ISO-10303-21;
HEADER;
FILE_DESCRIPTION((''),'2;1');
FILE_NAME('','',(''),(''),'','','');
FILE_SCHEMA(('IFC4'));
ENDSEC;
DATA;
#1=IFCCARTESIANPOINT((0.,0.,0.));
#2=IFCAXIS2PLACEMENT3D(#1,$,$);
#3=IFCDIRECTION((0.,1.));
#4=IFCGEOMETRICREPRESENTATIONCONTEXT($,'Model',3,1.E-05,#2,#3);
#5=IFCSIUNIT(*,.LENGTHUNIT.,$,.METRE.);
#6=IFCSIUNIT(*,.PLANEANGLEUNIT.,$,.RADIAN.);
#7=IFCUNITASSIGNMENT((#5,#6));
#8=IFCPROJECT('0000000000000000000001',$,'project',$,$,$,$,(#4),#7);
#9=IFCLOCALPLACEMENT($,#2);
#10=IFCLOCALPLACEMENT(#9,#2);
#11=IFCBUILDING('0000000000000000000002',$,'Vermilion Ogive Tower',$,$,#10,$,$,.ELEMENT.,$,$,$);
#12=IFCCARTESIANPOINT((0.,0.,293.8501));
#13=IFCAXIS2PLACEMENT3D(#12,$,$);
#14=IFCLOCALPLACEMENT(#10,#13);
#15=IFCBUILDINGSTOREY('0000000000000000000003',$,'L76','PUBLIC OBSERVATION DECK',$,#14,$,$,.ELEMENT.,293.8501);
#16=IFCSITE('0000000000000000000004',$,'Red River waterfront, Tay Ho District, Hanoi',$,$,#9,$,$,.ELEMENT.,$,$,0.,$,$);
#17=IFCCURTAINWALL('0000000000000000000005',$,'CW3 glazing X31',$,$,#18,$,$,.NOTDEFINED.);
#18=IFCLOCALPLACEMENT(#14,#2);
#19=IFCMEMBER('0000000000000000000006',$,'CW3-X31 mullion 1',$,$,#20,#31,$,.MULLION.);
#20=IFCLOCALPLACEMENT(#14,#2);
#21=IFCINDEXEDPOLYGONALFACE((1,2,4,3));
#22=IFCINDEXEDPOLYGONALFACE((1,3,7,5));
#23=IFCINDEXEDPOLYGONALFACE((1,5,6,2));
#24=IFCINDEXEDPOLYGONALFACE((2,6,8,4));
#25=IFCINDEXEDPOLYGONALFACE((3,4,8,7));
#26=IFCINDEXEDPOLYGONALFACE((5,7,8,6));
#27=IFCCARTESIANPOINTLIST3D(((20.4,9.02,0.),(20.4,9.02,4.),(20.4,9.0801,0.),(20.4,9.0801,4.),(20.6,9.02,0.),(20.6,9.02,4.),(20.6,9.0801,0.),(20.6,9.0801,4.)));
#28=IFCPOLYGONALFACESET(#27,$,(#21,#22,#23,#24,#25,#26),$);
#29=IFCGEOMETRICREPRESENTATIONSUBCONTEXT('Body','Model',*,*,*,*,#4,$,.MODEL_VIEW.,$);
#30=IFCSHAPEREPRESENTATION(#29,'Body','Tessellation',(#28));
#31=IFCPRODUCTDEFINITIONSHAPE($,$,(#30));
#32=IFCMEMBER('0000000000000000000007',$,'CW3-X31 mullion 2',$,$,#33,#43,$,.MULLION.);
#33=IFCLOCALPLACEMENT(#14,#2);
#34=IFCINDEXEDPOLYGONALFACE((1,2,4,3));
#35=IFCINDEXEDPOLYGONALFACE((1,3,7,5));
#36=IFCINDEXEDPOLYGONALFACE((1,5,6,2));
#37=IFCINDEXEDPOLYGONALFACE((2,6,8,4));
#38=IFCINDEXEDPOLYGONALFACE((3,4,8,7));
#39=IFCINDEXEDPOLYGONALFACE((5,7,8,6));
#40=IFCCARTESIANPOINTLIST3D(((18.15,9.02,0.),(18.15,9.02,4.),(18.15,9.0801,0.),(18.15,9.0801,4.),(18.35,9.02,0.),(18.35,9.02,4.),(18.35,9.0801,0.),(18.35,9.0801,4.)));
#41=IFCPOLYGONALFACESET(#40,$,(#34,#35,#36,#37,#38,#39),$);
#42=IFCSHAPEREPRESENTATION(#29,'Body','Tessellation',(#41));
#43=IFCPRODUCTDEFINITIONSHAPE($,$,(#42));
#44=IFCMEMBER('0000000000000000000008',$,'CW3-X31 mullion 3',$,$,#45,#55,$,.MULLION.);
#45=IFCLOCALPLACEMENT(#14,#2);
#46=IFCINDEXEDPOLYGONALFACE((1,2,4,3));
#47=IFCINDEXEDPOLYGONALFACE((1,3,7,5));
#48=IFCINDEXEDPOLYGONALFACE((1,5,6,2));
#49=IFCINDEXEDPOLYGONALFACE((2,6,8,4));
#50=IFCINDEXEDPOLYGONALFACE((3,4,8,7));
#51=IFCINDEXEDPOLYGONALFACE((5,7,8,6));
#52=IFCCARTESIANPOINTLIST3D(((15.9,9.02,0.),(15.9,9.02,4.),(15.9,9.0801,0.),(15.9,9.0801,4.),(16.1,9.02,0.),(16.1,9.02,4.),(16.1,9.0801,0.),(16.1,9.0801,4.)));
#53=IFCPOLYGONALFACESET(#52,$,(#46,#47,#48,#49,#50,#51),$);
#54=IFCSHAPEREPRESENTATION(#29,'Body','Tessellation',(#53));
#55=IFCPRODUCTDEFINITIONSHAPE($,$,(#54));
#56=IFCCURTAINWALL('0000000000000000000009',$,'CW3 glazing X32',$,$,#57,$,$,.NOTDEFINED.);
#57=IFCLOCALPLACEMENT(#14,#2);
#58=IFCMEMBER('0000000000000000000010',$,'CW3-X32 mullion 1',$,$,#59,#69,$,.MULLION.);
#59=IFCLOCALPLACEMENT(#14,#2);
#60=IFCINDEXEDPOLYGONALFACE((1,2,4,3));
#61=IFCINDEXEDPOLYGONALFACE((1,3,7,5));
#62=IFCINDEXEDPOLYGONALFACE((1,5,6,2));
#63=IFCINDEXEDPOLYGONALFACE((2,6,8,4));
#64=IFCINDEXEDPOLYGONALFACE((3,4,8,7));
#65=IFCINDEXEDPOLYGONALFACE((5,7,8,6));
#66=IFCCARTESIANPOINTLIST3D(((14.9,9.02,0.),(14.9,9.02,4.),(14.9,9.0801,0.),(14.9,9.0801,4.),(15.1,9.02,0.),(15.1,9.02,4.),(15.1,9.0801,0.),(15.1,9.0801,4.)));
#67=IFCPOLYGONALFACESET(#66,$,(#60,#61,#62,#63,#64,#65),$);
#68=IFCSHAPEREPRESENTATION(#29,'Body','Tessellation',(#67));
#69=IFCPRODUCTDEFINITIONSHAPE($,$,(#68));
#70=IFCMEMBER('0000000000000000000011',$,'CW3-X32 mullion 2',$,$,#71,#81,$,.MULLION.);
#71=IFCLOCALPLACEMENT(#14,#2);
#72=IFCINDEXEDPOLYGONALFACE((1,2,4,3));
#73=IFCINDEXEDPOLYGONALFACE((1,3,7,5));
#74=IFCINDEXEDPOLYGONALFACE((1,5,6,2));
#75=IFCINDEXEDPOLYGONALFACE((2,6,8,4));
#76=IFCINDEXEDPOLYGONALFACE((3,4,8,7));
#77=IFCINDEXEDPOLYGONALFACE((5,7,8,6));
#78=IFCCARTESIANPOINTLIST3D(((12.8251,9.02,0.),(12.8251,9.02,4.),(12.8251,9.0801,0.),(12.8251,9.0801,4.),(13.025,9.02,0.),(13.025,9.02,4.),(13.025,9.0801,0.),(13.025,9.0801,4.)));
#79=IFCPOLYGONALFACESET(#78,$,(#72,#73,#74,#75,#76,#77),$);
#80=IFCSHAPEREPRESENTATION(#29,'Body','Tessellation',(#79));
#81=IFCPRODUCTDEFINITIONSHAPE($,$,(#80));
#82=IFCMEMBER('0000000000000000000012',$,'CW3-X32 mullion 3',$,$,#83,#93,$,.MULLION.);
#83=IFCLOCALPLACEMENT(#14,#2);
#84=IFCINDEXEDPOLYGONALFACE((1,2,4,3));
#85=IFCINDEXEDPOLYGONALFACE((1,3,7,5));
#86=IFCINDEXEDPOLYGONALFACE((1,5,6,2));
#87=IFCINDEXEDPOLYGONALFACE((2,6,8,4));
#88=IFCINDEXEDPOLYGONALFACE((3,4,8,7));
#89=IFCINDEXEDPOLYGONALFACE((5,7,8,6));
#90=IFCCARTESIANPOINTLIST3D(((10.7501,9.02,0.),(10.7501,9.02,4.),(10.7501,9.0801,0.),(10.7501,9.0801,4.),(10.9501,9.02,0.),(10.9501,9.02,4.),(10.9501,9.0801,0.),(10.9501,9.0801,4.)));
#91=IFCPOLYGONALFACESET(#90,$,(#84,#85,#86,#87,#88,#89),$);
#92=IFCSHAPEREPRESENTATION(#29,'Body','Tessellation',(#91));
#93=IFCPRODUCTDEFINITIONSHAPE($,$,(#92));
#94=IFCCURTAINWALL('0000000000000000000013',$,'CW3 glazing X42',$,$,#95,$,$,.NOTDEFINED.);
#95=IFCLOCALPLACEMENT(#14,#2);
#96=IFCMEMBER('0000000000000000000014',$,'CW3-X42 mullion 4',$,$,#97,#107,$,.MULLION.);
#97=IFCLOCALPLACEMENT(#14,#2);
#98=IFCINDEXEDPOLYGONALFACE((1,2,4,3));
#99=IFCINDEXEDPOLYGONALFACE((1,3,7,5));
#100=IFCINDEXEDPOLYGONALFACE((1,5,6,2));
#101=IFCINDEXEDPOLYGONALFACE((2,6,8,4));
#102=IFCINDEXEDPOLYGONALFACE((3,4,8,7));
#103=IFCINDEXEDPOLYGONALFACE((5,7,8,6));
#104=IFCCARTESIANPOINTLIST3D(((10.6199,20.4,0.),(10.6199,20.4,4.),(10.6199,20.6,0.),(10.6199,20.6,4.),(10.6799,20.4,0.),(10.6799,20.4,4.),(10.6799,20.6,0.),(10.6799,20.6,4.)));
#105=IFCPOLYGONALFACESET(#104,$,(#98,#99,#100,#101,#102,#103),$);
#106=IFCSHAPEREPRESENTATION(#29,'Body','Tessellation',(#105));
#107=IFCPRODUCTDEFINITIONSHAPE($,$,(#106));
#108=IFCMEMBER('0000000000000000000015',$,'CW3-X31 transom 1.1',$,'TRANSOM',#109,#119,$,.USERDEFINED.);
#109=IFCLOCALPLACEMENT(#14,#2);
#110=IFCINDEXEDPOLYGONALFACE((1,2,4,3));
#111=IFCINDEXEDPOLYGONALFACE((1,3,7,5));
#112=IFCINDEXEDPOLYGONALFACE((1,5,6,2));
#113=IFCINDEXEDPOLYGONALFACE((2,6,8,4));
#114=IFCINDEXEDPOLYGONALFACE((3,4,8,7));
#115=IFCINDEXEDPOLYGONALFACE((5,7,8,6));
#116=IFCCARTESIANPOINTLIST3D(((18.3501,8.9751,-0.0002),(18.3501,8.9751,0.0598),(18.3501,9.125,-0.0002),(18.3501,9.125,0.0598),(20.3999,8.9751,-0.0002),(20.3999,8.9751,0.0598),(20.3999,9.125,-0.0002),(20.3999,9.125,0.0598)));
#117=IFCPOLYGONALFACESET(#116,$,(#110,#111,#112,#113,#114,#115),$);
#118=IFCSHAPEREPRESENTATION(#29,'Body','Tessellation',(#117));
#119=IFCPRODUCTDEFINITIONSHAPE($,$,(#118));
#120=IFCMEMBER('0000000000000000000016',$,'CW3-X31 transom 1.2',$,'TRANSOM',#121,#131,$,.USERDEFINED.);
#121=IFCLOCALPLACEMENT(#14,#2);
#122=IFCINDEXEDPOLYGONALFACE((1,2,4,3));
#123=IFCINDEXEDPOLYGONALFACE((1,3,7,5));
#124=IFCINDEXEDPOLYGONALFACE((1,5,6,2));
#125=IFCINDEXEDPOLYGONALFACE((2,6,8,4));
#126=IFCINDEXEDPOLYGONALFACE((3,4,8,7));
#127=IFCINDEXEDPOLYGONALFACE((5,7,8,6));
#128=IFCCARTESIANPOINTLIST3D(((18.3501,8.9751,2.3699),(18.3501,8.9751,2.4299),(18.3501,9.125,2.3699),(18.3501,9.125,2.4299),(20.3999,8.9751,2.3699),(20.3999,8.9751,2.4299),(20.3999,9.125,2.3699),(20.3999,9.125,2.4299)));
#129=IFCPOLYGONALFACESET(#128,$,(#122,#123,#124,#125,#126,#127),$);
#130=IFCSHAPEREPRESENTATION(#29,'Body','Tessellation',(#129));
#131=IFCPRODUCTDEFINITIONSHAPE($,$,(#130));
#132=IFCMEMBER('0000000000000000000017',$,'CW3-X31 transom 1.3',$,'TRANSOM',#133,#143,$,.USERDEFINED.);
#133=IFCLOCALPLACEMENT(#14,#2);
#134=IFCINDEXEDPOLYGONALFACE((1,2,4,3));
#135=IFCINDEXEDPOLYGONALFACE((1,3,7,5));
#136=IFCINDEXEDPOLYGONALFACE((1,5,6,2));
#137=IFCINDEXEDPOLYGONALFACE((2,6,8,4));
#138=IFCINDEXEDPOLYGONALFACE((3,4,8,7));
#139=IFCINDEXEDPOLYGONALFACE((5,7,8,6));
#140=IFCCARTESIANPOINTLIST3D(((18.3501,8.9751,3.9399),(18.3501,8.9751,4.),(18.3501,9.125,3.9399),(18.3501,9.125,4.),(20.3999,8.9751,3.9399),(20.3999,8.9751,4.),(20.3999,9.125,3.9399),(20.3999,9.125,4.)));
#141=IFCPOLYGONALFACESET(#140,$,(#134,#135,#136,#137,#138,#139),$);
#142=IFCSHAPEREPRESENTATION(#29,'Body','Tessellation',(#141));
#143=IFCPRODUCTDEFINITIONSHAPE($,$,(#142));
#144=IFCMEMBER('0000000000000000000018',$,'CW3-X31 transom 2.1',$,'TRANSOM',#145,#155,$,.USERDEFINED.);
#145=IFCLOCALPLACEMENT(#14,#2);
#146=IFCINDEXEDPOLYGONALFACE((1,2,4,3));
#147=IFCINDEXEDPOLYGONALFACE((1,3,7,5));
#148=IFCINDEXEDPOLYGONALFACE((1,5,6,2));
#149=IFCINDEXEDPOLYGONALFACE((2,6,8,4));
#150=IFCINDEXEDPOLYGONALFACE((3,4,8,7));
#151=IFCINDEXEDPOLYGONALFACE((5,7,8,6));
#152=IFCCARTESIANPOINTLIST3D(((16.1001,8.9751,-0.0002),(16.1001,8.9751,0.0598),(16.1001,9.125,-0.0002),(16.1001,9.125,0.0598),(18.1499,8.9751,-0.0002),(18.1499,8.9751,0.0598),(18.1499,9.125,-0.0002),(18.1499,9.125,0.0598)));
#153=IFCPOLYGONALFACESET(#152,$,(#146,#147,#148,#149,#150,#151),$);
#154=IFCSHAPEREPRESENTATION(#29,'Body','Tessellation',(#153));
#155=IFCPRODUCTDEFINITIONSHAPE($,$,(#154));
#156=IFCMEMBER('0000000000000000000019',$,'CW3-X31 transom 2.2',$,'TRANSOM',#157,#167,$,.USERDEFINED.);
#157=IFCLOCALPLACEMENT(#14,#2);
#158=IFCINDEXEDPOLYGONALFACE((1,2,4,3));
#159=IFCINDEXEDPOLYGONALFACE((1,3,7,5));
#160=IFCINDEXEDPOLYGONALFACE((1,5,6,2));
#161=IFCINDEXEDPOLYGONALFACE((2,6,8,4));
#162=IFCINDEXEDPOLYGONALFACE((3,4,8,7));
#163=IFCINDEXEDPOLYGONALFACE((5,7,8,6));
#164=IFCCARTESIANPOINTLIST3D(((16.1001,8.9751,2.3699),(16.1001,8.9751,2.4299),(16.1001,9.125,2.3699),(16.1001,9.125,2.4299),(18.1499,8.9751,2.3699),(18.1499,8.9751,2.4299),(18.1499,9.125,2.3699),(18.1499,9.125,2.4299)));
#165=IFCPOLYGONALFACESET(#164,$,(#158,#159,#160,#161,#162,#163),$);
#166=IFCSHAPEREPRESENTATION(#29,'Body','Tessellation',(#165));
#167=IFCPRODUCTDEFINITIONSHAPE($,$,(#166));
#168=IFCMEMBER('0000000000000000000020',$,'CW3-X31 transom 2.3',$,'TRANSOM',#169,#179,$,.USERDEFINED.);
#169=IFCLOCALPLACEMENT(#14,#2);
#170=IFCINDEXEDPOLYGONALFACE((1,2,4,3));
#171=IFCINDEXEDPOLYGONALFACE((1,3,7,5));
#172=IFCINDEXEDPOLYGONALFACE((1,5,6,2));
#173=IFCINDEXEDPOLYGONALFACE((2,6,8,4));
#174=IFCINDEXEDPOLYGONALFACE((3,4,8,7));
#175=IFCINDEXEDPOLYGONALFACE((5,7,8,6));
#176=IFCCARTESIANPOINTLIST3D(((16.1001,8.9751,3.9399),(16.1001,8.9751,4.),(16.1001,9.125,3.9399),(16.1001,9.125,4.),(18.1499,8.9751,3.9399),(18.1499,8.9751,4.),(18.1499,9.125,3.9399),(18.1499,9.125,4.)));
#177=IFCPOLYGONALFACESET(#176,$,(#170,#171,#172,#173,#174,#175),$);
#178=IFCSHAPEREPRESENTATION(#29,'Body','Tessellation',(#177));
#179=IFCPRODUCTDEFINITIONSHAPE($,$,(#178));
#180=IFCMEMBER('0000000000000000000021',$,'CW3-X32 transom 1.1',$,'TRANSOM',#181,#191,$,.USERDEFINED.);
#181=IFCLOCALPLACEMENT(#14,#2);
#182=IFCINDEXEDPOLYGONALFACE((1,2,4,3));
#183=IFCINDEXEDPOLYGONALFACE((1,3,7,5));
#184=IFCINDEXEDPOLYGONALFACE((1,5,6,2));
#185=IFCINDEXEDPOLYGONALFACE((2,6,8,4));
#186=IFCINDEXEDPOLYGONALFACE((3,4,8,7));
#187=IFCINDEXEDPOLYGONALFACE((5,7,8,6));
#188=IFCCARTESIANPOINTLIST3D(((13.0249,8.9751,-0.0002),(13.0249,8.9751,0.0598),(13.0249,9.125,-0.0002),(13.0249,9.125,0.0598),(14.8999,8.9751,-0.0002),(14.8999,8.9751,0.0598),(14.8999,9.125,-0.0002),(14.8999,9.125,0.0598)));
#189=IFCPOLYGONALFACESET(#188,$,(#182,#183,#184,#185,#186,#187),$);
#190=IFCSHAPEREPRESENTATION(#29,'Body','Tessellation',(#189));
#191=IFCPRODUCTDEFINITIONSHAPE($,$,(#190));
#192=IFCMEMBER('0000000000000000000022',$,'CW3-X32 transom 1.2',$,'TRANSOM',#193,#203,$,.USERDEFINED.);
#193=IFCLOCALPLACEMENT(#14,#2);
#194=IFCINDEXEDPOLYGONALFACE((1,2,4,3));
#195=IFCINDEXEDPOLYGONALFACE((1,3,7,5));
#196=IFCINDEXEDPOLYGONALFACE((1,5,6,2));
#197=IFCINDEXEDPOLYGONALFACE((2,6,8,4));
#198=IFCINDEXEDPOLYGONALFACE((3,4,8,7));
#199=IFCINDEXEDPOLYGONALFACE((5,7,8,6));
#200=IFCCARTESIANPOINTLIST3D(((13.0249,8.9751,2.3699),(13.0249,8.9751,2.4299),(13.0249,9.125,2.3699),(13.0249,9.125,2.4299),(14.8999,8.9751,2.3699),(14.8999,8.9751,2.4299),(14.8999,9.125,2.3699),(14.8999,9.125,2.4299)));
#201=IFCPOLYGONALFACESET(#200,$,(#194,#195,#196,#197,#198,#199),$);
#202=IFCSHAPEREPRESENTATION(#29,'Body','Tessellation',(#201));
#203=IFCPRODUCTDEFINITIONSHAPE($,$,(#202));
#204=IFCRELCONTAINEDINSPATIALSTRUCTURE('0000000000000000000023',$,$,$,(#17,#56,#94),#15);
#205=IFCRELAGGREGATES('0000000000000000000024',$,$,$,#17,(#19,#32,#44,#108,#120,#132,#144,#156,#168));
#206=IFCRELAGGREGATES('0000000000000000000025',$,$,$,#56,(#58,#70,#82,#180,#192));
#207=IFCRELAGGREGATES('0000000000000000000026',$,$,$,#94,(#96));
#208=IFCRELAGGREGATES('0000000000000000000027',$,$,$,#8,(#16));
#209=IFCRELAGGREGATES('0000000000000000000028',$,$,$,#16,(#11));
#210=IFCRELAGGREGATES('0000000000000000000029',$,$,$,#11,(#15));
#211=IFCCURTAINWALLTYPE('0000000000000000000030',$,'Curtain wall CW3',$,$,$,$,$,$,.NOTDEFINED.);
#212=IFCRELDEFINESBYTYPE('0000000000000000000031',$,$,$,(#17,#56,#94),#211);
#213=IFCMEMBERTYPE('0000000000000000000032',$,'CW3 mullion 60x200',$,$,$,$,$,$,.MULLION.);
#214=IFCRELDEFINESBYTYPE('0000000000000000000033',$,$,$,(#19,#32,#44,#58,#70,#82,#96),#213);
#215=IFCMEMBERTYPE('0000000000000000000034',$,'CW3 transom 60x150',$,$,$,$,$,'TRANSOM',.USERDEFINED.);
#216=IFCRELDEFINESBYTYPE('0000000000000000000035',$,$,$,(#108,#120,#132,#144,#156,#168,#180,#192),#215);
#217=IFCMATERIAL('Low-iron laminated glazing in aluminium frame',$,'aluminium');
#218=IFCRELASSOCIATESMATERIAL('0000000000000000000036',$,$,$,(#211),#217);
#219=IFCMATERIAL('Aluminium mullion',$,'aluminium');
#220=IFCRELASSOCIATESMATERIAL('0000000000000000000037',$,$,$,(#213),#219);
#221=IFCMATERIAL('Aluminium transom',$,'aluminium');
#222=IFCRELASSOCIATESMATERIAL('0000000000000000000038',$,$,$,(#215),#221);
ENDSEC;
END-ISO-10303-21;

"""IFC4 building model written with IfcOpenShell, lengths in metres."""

from ifc_helpers import new_model, si_unit, direction, frame, origin, origin_2d, place, context, subcontext, project, spatial, rectangle, extrude, material, material_profile, profile_set, type_object, element, aggregate, save


model = new_model("IFC4")

# Units and contexts
model_context = context("Model", 3, precision=1e-05, world=origin(), true_north=direction((0.0, 1.0)))
body_context = subcontext(model_context, "Body", "Model", "MODEL_VIEW")
ifc_project = project(units=[si_unit("LENGTHUNIT", "METRE"), si_unit("PLANEANGLEUNIT", "RADIAN")], contexts=[model_context])

# Site, building, storey
site_placement = place(None, origin())
site = spatial("IfcSite", under=ifc_project, at=site_placement, Name="Red River waterfront, Tay Ho District, Hanoi", CompositionType="ELEMENT", RefElevation=0.0)
building_placement = place(site_placement, origin())
building = spatial("IfcBuilding", under=site, at=building_placement, Name="Vermilion Ogive Tower", CompositionType="ELEMENT")
storey_placement = place(building_placement, frame((0.0, 0.0, 293.8501)))
storey = spatial("IfcBuildingStorey", under=building, at=storey_placement, Name="L76", Description="PUBLIC OBSERVATION DECK", CompositionType="ELEMENT", Elevation=293.8501)

# Curtain walls, members
ifc_material_1 = material(Name="Low-iron laminated glazing in aluminium frame", Category="aluminium")
curtain_wall_type = type_object("IfcCurtainWallType", Name="Curtain wall CW3", PredefinedType="NOTDEFINED", material=ifc_material_1)
curtain_wall_1_placement = place(storey_placement, origin())
curtain_wall_1 = element("IfcCurtainWall", 1, at=curtain_wall_1_placement, inside=storey, type_object=curtain_wall_type, Name="CW3 glazing X31", PredefinedType="NOTDEFINED")
ifc_material_2 = material(Name="Aluminium mullion", Category="aluminium")
ifc_material_profile_1 = material_profile(ifc_material_2, rectangle(XDim=0.0601, YDim=0.2, at=origin_2d()), Name="AL 60x200")
ifc_profile_set_1 = profile_set([ifc_material_profile_1], Name="Aluminium mullion")
member_type_1 = type_object("IfcMemberType", Name="CW3 mullion 60x200", PredefinedType="MULLION", material=ifc_profile_set_1)
member_1_placement = place(storey_placement, frame((20.5, 9.05, 0.0), z_axis=(0.0, 0.0, 1.0), x_axis=(0.0, -1.0, 0.0)))
member_1 = element("IfcMember", 2, at=member_1_placement, type_object=member_type_1, Name="CW3-X31 mullion 1", PredefinedType="MULLION", context=body_context, shape_type="SweptSolid", body=[
    extrude(rectangle(XDim=0.0601, YDim=0.2, at=origin_2d()), origin(), (0.0, 0.0, 1.0), 4.0),
])
member_2_placement = place(storey_placement, frame((18.25, 9.05, 0.0), z_axis=(0.0, 0.0, 1.0), x_axis=(0.0, -1.0, 0.0)))
member_2 = element("IfcMember", 3, at=member_2_placement, type_object=member_type_1, Name="CW3-X31 mullion 2", PredefinedType="MULLION", context=body_context, shape_type="SweptSolid", body=[
    extrude(rectangle(XDim=0.0601, YDim=0.2, at=origin_2d()), origin(), (0.0, 0.0, 1.0), 4.0),
])
member_3_placement = place(storey_placement, frame((16.0, 9.05, 0.0), z_axis=(0.0, 0.0, 1.0), x_axis=(0.0, -1.0, 0.0)))
member_3 = element("IfcMember", 4, at=member_3_placement, type_object=member_type_1, Name="CW3-X31 mullion 3", PredefinedType="MULLION", context=body_context, shape_type="SweptSolid", body=[
    extrude(rectangle(XDim=0.0601, YDim=0.2, at=origin_2d()), origin(), (0.0, 0.0, 1.0), 4.0),
])
curtain_wall_2_placement = place(storey_placement, origin())
curtain_wall_2 = element("IfcCurtainWall", 5, at=curtain_wall_2_placement, inside=storey, type_object=curtain_wall_type, Name="CW3 glazing X32", PredefinedType="NOTDEFINED")
member_4_placement = place(storey_placement, frame((15.0, 9.05, 0.0), z_axis=(0.0, 0.0, 1.0), x_axis=(0.0, -1.0, 0.0)))
member_4 = element("IfcMember", 6, at=member_4_placement, type_object=member_type_1, Name="CW3-X32 mullion 1", PredefinedType="MULLION", context=body_context, shape_type="SweptSolid", body=[
    extrude(rectangle(XDim=0.0601, YDim=0.2, at=origin_2d()), origin(), (0.0, 0.0, 1.0), 4.0),
])
member_5_placement = place(storey_placement, frame((12.925, 9.05, 0.0), z_axis=(0.0, 0.0, 1.0), x_axis=(0.0, -1.0, 0.0)))
member_5 = element("IfcMember", 7, at=member_5_placement, type_object=member_type_1, Name="CW3-X32 mullion 2", PredefinedType="MULLION", context=body_context, shape_type="SweptSolid", body=[
    extrude(rectangle(XDim=0.0601, YDim=0.2, at=origin_2d()), origin(), (0.0, 0.0, 1.0), 4.0),
])
member_6_placement = place(storey_placement, frame((10.8501, 9.05, 0.0), z_axis=(0.0, 0.0, 1.0), x_axis=(0.0, -1.0, 0.0)))
member_6 = element("IfcMember", 8, at=member_6_placement, type_object=member_type_1, Name="CW3-X32 mullion 3", PredefinedType="MULLION", context=body_context, shape_type="SweptSolid", body=[
    extrude(rectangle(XDim=0.0601, YDim=0.2, at=origin_2d()), origin(), (0.0, 0.0, 1.0), 4.0),
])

# Curtain wall, member
curtain_wall_3_placement = place(storey_placement, origin())
curtain_wall_3 = element("IfcCurtainWall", 9, at=curtain_wall_3_placement, inside=storey, type_object=curtain_wall_type, Name="CW3 glazing X42", PredefinedType="NOTDEFINED")
member_7_placement = place(storey_placement, frame((10.6499, 20.5, 0.0), z_axis=(0.0, 0.0, 1.0), x_axis=(-1.0, 0.0, 0.0)))
member_7 = element("IfcMember", 10, at=member_7_placement, type_object=member_type_1, Name="CW3-X42 mullion 4", PredefinedType="MULLION", context=body_context, shape_type="SweptSolid", body=[
    extrude(rectangle(XDim=0.0601, YDim=0.2, at=origin_2d()), origin(), (0.0, 0.0, 1.0), 4.0),
])

# Members
ifc_material_3 = material(Name="Aluminium transom", Category="aluminium")
ifc_material_profile_2 = material_profile(ifc_material_3, rectangle(XDim=0.1499, YDim=0.0601, at=origin_2d()), Name="AL 60x150")
ifc_profile_set_2 = profile_set([ifc_material_profile_2], Name="Aluminium transom")
member_type_2 = type_object("IfcMemberType", Name="CW3 transom 60x150", ElementType="TRANSOM", PredefinedType="USERDEFINED", material=ifc_profile_set_2)
member_8_placement = place(storey_placement, frame((20.3999, 9.05, 0.0298), z_axis=(-1.0, 0.0, 0.0), x_axis=(0.0, -1.0, 0.0)))
member_8 = element("IfcMember", 11, at=member_8_placement, type_object=member_type_2, Name="CW3-X31 transom 1.1", ObjectType="TRANSOM", PredefinedType="USERDEFINED", context=body_context, shape_type="SweptSolid", body=[
    extrude(rectangle(XDim=0.1499, YDim=0.0601, at=origin_2d()), origin(), (0.0, 0.0, 1.0), 2.0498),
])
member_9_placement = place(storey_placement, frame((20.3999, 9.05, 2.3999), z_axis=(-1.0, 0.0, 0.0), x_axis=(0.0, -1.0, 0.0)))
member_9 = element("IfcMember", 12, at=member_9_placement, type_object=member_type_2, Name="CW3-X31 transom 1.2", ObjectType="TRANSOM", PredefinedType="USERDEFINED", context=body_context, shape_type="SweptSolid", body=[
    extrude(rectangle(XDim=0.1499, YDim=0.0601, at=origin_2d()), origin(), (0.0, 0.0, 1.0), 2.0498),
])
member_10_placement = place(storey_placement, frame((20.3999, 9.05, 3.97), z_axis=(-1.0, 0.0, 0.0), x_axis=(0.0, -1.0, 0.0)))
member_10 = element("IfcMember", 13, at=member_10_placement, type_object=member_type_2, Name="CW3-X31 transom 1.3", ObjectType="TRANSOM", PredefinedType="USERDEFINED", context=body_context, shape_type="SweptSolid", body=[
    extrude(rectangle(XDim=0.1499, YDim=0.0601, at=origin_2d()), origin(), (0.0, 0.0, 1.0), 2.0498),
])
member_11_placement = place(storey_placement, frame((18.1499, 9.05, 0.0298), z_axis=(-1.0, 0.0, 0.0), x_axis=(0.0, -1.0, 0.0)))
member_11 = element("IfcMember", 14, at=member_11_placement, type_object=member_type_2, Name="CW3-X31 transom 2.1", ObjectType="TRANSOM", PredefinedType="USERDEFINED", context=body_context, shape_type="SweptSolid", body=[
    extrude(rectangle(XDim=0.1499, YDim=0.0601, at=origin_2d()), origin(), (0.0, 0.0, 1.0), 2.0498),
])
member_12_placement = place(storey_placement, frame((18.1499, 9.05, 2.3999), z_axis=(-1.0, 0.0, 0.0), x_axis=(0.0, -1.0, 0.0)))
member_12 = element("IfcMember", 15, at=member_12_placement, type_object=member_type_2, Name="CW3-X31 transom 2.2", ObjectType="TRANSOM", PredefinedType="USERDEFINED", context=body_context, shape_type="SweptSolid", body=[
    extrude(rectangle(XDim=0.1499, YDim=0.0601, at=origin_2d()), origin(), (0.0, 0.0, 1.0), 2.0498),
])
member_13_placement = place(storey_placement, frame((18.1499, 9.05, 3.97), z_axis=(-1.0, 0.0, 0.0), x_axis=(0.0, -1.0, 0.0)))
member_13 = element("IfcMember", 16, at=member_13_placement, type_object=member_type_2, Name="CW3-X31 transom 2.3", ObjectType="TRANSOM", PredefinedType="USERDEFINED", context=body_context, shape_type="SweptSolid", body=[
    extrude(rectangle(XDim=0.1499, YDim=0.0601, at=origin_2d()), origin(), (0.0, 0.0, 1.0), 2.0498),
])
member_14_placement = place(storey_placement, frame((14.8999, 9.05, 0.0298), z_axis=(-1.0, 0.0, 0.0), x_axis=(0.0, -1.0, 0.0)))
member_14 = element("IfcMember", 17, at=member_14_placement, type_object=member_type_2, Name="CW3-X32 transom 1.1", ObjectType="TRANSOM", PredefinedType="USERDEFINED", context=body_context, shape_type="SweptSolid", body=[
    extrude(rectangle(XDim=0.1499, YDim=0.0601, at=origin_2d()), origin(), (0.0, 0.0, 1.0), 1.875),
])
member_15_placement = place(storey_placement, frame((14.8999, 9.05, 2.3999), z_axis=(-1.0, 0.0, 0.0), x_axis=(0.0, -1.0, 0.0)))
member_15 = element("IfcMember", 18, at=member_15_placement, type_object=member_type_2, Name="CW3-X32 transom 1.2", ObjectType="TRANSOM", PredefinedType="USERDEFINED", context=body_context, shape_type="SweptSolid", body=[
    extrude(rectangle(XDim=0.1499, YDim=0.0601, at=origin_2d()), origin(), (0.0, 0.0, 1.0), 1.875),
])

aggregate(curtain_wall_1, [member_1, member_2, member_3, member_8, member_9, member_10, member_11, member_12, member_13])
aggregate(curtain_wall_2, [member_4, member_5, member_6, member_14, member_15])
aggregate(curtain_wall_3, [member_7])

save(model, "model.ifc")
